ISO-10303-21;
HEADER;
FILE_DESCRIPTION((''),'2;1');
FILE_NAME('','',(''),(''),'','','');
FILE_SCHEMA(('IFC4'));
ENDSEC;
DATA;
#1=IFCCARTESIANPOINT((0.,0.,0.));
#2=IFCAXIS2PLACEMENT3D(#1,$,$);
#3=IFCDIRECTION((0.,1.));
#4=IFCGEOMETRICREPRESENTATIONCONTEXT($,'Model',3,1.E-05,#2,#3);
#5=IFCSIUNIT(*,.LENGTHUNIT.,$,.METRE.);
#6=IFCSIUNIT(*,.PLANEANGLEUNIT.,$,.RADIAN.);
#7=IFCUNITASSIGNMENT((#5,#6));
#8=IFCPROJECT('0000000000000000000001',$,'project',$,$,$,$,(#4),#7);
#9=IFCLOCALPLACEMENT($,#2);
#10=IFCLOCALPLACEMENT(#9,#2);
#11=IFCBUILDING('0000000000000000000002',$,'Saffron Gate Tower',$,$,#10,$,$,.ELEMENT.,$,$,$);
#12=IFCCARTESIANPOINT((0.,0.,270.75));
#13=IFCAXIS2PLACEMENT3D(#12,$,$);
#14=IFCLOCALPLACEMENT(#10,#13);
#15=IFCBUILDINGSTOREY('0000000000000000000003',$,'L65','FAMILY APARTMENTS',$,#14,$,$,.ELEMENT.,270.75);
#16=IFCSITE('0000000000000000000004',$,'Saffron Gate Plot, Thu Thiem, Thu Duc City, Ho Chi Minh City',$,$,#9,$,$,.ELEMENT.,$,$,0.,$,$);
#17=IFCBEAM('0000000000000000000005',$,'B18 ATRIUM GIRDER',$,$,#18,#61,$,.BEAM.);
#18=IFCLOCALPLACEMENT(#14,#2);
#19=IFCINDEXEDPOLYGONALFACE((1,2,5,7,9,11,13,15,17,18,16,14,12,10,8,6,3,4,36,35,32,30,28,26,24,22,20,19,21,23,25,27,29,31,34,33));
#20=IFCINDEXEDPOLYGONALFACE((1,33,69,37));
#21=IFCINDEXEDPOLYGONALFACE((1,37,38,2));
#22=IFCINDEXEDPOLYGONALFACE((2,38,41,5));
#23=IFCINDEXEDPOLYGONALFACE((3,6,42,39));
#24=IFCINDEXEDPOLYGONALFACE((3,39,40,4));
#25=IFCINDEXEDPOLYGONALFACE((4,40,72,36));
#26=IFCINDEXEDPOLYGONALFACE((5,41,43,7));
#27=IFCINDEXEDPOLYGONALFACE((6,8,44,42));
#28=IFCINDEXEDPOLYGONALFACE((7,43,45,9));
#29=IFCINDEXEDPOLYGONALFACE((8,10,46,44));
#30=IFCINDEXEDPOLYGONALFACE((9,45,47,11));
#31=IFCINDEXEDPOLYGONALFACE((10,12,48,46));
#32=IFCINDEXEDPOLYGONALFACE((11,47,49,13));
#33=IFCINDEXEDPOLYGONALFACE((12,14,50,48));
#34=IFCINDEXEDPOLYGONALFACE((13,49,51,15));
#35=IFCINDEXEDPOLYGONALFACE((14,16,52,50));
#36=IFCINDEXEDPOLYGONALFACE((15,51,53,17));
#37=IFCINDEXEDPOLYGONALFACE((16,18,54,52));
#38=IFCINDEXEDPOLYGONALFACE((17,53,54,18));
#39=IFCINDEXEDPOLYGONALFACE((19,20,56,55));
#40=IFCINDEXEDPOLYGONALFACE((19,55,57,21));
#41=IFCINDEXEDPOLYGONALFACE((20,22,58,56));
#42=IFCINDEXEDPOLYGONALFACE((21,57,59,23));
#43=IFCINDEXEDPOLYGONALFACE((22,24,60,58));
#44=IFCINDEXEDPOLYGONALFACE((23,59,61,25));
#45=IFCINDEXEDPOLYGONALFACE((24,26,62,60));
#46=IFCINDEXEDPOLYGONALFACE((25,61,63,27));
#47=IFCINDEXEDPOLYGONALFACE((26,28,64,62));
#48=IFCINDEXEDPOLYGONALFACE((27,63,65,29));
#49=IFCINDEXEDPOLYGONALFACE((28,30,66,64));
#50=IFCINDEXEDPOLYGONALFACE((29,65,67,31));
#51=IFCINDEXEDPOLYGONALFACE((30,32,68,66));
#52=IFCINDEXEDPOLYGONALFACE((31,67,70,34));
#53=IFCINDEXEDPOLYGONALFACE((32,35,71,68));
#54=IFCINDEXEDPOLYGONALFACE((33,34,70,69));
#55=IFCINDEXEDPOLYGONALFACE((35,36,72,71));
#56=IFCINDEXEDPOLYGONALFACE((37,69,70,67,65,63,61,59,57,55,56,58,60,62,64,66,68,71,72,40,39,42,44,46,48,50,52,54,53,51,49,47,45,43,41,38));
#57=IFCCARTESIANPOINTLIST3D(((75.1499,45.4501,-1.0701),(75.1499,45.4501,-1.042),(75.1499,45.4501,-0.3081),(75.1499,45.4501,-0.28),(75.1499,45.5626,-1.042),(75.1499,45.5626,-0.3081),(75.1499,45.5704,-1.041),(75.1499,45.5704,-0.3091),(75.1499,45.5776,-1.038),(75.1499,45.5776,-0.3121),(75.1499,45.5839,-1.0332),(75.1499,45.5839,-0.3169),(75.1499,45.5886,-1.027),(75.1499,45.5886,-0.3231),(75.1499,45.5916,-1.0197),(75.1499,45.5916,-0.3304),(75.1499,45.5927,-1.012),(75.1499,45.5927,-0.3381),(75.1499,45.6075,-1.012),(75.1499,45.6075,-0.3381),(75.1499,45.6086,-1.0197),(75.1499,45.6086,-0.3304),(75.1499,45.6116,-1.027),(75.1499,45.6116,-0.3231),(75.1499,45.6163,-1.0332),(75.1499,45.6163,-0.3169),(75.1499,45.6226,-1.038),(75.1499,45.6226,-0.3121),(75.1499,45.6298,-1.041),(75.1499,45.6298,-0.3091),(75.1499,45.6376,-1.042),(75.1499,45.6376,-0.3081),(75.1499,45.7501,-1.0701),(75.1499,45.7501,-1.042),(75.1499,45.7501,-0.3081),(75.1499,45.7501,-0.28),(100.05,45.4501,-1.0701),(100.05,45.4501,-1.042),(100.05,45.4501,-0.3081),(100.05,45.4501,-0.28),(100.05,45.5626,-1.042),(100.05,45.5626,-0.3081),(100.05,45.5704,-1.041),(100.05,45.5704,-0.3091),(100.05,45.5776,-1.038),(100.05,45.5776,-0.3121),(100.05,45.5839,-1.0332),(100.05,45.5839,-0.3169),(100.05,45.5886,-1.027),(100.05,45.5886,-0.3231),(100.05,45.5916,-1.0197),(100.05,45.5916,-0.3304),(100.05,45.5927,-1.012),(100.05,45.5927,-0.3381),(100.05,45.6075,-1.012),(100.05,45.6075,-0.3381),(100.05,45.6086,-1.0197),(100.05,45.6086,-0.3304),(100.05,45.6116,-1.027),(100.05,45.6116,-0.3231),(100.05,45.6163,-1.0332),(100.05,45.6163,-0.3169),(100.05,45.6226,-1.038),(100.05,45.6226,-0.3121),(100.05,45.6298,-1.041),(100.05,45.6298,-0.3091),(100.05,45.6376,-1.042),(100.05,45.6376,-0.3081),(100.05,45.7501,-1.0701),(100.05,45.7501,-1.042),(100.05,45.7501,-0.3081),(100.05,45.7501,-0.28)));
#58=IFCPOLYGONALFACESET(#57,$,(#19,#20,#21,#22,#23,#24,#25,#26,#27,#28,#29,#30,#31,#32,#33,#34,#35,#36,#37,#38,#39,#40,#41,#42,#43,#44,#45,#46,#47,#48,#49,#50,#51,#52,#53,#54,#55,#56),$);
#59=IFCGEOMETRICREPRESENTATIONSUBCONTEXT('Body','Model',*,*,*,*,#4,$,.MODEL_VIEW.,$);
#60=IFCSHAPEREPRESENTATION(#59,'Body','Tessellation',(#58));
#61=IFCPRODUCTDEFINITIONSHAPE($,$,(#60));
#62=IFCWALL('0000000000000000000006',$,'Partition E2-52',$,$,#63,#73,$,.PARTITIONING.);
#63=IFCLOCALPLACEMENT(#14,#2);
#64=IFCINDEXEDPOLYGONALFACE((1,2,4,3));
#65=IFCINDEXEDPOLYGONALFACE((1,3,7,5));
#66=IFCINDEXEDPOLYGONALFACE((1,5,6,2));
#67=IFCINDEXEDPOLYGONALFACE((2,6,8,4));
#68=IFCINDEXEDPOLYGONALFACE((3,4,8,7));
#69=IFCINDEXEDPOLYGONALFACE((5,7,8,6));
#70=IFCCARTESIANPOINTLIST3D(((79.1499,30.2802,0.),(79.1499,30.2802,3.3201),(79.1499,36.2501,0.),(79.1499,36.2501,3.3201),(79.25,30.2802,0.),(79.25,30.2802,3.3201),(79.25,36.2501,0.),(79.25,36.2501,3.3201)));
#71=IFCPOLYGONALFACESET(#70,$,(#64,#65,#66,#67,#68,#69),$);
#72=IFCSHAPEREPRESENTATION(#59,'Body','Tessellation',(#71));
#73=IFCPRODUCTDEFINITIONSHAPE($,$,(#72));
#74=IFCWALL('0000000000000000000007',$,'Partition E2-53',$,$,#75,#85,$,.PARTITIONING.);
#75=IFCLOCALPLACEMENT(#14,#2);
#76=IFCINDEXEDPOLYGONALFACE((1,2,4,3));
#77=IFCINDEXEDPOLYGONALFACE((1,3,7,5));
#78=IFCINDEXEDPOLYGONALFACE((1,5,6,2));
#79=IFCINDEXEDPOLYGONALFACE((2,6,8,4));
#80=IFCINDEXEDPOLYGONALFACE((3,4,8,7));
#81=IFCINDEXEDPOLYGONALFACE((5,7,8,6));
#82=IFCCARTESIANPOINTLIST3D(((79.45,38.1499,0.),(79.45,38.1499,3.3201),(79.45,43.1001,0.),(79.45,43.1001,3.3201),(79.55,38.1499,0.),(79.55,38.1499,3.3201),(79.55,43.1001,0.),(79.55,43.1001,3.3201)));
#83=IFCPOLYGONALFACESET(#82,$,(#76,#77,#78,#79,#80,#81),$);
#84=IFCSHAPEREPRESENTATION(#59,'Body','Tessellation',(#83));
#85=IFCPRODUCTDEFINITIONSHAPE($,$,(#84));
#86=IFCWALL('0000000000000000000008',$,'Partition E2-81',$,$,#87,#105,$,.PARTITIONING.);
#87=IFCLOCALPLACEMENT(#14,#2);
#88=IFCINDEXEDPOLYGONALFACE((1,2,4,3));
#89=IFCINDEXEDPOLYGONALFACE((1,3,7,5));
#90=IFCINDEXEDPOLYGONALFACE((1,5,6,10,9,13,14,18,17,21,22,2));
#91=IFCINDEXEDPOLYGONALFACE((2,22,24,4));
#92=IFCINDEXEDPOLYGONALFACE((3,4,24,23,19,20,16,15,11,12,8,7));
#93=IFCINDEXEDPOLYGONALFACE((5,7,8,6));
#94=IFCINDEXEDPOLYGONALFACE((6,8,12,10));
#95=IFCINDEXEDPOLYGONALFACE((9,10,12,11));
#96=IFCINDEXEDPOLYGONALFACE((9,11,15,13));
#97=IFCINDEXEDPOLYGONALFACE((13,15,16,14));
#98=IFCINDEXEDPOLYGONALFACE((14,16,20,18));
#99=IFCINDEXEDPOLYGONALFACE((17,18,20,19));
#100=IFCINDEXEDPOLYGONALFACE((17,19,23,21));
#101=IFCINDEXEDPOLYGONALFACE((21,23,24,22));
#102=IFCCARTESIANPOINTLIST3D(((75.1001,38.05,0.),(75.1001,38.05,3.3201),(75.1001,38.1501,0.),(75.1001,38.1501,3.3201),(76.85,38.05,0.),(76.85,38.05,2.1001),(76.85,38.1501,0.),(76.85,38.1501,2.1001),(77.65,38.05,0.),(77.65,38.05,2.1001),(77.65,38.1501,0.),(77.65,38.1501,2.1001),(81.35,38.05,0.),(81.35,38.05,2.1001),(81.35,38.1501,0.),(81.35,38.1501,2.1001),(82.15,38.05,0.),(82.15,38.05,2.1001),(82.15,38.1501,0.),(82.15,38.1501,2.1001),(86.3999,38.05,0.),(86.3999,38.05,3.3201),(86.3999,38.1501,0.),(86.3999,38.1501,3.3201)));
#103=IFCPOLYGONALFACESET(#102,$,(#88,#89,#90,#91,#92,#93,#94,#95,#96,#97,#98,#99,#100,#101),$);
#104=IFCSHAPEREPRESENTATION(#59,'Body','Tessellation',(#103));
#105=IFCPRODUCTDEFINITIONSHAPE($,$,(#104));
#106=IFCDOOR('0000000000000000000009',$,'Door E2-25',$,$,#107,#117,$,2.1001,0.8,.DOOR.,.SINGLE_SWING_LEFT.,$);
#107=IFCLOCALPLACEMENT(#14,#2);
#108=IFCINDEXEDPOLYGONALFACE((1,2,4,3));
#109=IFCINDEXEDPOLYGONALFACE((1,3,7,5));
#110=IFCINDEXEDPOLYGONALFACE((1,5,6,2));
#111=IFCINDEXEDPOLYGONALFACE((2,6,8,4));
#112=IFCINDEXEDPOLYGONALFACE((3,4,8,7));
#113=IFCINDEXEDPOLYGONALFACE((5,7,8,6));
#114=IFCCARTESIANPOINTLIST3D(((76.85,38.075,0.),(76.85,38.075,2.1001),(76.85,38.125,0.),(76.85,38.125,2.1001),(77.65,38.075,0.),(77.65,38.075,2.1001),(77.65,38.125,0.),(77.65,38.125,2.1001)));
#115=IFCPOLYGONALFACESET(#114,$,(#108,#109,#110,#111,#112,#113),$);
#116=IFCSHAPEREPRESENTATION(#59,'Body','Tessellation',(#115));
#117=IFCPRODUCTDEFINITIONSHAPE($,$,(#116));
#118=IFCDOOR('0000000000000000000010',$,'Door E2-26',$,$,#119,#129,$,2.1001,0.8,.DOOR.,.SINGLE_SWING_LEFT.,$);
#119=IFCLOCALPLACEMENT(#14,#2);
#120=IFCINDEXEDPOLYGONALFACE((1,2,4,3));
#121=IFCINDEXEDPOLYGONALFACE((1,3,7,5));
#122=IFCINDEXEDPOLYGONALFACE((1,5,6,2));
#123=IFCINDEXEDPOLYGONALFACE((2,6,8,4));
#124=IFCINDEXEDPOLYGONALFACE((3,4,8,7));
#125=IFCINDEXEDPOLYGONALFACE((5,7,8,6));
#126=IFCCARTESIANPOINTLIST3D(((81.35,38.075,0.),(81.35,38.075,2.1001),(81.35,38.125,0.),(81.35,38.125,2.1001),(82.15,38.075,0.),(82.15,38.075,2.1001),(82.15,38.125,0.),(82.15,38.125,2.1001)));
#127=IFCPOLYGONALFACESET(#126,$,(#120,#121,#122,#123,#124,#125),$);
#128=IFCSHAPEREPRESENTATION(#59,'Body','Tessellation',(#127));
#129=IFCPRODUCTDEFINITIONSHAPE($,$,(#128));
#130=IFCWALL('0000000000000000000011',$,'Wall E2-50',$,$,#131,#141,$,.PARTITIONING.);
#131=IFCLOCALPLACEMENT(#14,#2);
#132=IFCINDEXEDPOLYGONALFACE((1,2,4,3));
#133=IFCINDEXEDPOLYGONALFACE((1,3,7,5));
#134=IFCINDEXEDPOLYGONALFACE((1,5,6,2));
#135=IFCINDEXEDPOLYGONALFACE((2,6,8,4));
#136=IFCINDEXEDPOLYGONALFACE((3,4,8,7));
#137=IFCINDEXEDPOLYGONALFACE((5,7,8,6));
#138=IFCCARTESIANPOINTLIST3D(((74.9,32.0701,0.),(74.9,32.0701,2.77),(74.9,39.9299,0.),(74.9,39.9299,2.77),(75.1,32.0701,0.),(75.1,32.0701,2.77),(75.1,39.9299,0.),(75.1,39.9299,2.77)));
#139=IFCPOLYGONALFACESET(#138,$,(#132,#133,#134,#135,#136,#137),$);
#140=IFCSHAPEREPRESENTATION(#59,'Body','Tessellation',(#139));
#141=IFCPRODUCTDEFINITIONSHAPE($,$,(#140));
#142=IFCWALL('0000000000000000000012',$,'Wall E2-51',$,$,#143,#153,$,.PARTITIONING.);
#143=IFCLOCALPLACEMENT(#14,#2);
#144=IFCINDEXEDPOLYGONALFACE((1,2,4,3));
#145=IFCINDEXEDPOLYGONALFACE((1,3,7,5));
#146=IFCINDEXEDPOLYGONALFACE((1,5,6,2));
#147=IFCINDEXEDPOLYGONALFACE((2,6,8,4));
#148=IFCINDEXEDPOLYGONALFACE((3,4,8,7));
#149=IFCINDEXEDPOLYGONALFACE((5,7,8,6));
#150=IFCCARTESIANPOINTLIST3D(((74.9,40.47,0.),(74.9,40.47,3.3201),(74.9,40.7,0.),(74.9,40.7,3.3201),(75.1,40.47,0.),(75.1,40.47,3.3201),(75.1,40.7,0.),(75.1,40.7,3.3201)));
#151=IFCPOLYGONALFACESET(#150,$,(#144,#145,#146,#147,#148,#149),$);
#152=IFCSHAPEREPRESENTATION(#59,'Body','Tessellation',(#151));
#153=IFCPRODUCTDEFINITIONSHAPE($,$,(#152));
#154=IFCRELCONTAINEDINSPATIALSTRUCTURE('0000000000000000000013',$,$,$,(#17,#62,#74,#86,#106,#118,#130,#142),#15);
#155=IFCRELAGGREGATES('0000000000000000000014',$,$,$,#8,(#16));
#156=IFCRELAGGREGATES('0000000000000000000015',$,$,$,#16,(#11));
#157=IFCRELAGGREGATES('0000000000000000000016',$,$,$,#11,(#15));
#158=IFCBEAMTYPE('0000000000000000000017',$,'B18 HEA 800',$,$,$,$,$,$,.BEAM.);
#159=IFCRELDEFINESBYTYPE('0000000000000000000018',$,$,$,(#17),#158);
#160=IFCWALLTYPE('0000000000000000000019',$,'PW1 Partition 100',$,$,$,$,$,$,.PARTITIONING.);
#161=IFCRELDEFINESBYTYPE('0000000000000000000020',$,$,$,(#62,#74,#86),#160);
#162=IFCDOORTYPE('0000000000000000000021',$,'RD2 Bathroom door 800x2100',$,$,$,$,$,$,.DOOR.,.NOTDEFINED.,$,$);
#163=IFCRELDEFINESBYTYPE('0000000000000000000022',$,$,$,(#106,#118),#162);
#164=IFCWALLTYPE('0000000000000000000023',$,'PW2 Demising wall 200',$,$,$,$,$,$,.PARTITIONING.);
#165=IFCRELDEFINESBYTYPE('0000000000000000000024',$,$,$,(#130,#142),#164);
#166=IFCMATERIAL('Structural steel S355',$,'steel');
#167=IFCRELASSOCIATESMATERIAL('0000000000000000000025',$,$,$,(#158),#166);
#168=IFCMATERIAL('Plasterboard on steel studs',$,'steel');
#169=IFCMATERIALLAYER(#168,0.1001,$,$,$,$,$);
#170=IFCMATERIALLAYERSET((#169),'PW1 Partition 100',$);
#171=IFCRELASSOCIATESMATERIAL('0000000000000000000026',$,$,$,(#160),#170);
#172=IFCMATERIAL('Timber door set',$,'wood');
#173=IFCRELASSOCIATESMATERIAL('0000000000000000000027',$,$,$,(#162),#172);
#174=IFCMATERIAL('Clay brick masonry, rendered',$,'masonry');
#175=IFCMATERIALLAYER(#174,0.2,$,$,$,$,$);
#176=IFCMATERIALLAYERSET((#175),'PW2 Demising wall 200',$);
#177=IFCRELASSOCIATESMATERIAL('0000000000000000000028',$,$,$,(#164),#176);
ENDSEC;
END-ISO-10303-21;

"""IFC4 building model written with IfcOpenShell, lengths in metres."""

from ifc_helpers import new_model, si_unit, direction, frame, frame_2d, origin, origin_2d, place, context, subcontext, project, spatial, rectangle, i_section, extrude, material, layer, layer_set, material_profile, profile_set, type_object, element, fill, save


model = new_model("IFC4")

# Units and contexts
model_context = context("Model", 3, precision=1e-05, world=origin(), true_north=direction((0.0, 1.0)))
body_context = subcontext(model_context, "Body", "Model", "MODEL_VIEW")
ifc_project = project(units=[si_unit("LENGTHUNIT", "METRE"), si_unit("PLANEANGLEUNIT", "RADIAN")], contexts=[model_context])

# Site, building, storey
site_placement = place(None, origin())
site = spatial("IfcSite", under=ifc_project, at=site_placement, Name="Saffron Gate Plot, Thu Thiem, Thu Duc City, Ho Chi Minh City", CompositionType="ELEMENT", RefElevation=0.0)
building_placement = place(site_placement, origin())
building = spatial("IfcBuilding", under=site, at=building_placement, Name="Saffron Gate Tower", CompositionType="ELEMENT")
storey_placement = place(building_placement, frame((0.0, 0.0, 270.75)))
storey = spatial("IfcBuildingStorey", under=building, at=storey_placement, Name="L65", Description="FAMILY APARTMENTS", CompositionType="ELEMENT", Elevation=270.75)

# Beam
ifc_material_1 = material(Name="Structural steel S355", Category="steel")
ifc_material_profile_1 = material_profile(ifc_material_1, i_section(OverallWidth=0.3, OverallDepth=0.79, WebThickness=0.0149, FlangeThickness=0.0281, FilletRadius=0.03, at=origin_2d()))
ifc_profile_set_1 = profile_set([ifc_material_profile_1], Name="Structural steel S355")
beam_type_1 = type_object("IfcBeamType", Name="B18 HEA 800", PredefinedType="BEAM", material=ifc_profile_set_1)
beam_1_placement = place(storey_placement, frame((75.1499, 45.6001, -0.675), z_axis=(1.0, 0.0, 0.0), x_axis=(0.0, 1.0, 0.0)))
element("IfcBeam", 1, at=beam_1_placement, inside=storey, type_object=beam_type_1, Name="B18 ATRIUM GIRDER", PredefinedType="BEAM", context=body_context, shape_type="SweptSolid", body=[
    extrude(i_section(OverallWidth=0.3, OverallDepth=0.79, WebThickness=0.0149, FlangeThickness=0.0281, FilletRadius=0.03, at=origin_2d()), origin(), (0.0, 0.0, 1.0), 24.9001),
])

# Walls
ifc_material_2 = material(Name="Plasterboard on steel studs", Category="steel")
ifc_layer_1 = layer(ifc_material_2, 0.1001)
ifc_layer_set_1 = layer_set([ifc_layer_1], Name="PW1 Partition 100")
wall_type_1 = type_object("IfcWallType", Name="PW1 Partition 100", PredefinedType="PARTITIONING", material=ifc_layer_set_1)
wall_1_placement = place(storey_placement, frame((79.2, 36.25, 0.0), z_axis=(0.0, 0.0, 1.0), x_axis=(0.0, -1.0, 0.0)))
element("IfcWall", 2, at=wall_1_placement, inside=storey, type_object=wall_type_1, Name="Partition E2-52", PredefinedType="PARTITIONING", context=body_context, shape_type="SweptSolid", body=[
    extrude(rectangle(XDim=5.97, YDim=0.1001, at=frame_2d((2.9849, 0.0))), origin(), (0.0, 0.0, 1.0), 3.3201),
])
wall_2_placement = place(storey_placement, frame((79.5, 43.1001, 0.0), z_axis=(0.0, 0.0, 1.0), x_axis=(0.0, -1.0, 0.0)))
element("IfcWall", 3, at=wall_2_placement, inside=storey, type_object=wall_type_1, Name="Partition E2-53", PredefinedType="PARTITIONING", context=body_context, shape_type="SweptSolid", body=[
    extrude(rectangle(XDim=4.9502, YDim=0.1001, at=frame_2d((2.4751, 0.0))), origin(), (0.0, 0.0, 1.0), 3.3201),
])

# Wall, openings, doors
wall_3_placement = place(storey_placement, frame((75.1001, 38.1001, 0.0), z_axis=(0.0, 0.0, 1.0), x_axis=(1.0, 0.0, 0.0)))
wall_3 = element("IfcWall", 4, at=wall_3_placement, inside=storey, type_object=wall_type_1, Name="Partition E2-81", PredefinedType="PARTITIONING", context=body_context, shape_type="SweptSolid", body=[
    extrude(rectangle(XDim=11.2998, YDim=0.1001, at=frame_2d((5.6499, 0.0))), origin(), (0.0, 0.0, 1.0), 3.3201),
])
opening_1_placement = place(wall_3_placement, frame((1.75, 0.0, 0.0)))
opening_1 = element("IfcOpeningElement", 5, at=opening_1_placement, cuts=wall_3, PredefinedType="OPENING", context=body_context, shape_type="SweptSolid", body=[
    extrude(rectangle(XDim=0.8, YDim=2.1001, at=frame_2d((0.3999, 1.05))), frame((0.0, 0.0601, 0.0), z_axis=(0.0, -1.0, 0.0), x_axis=(1.0, 0.0, 0.0)), (0.0, 0.0, 1.0), 0.1201),
])
opening_2_placement = place(wall_3_placement, frame((6.25, 0.0, 0.0)))
opening_2 = element("IfcOpeningElement", 6, at=opening_2_placement, cuts=wall_3, PredefinedType="OPENING", context=body_context, shape_type="SweptSolid", body=[
    extrude(rectangle(XDim=0.8, YDim=2.1001, at=frame_2d((0.3999, 1.05))), frame((0.0, 0.0601, 0.0), z_axis=(0.0, -1.0, 0.0), x_axis=(1.0, 0.0, 0.0)), (0.0, 0.0, 1.0), 0.1201),
])
ifc_material_3 = material(Name="Timber door set", Category="wood")
door_type_1 = type_object("IfcDoorType", Name="RD2 Bathroom door 800x2100", OperationType="NOTDEFINED", PredefinedType="DOOR", material=ifc_material_3)
door_1_placement = place(opening_1_placement, origin())
door_1 = element("IfcDoor", 7, at=door_1_placement, inside=storey, type_object=door_type_1, Name="Door E2-25", OperationType="SINGLE_SWING_LEFT", OverallHeight=2.1001, OverallWidth=0.8, PredefinedType="DOOR", context=body_context, shape_type="SweptSolid", body=[
    extrude(rectangle(XDim=0.8, YDim=2.1001, at=frame_2d((0.3999, 1.05))), frame((0.0, 0.0249, 0.0), z_axis=(0.0, -1.0, 0.0), x_axis=(1.0, 0.0, 0.0)), (0.0, 0.0, 1.0), 0.05),
])
fill(opening_1, door_1)
door_2_placement = place(opening_2_placement, origin())
door_2 = element("IfcDoor", 8, at=door_2_placement, inside=storey, type_object=door_type_1, Name="Door E2-26", OperationType="SINGLE_SWING_LEFT", OverallHeight=2.1001, OverallWidth=0.8, PredefinedType="DOOR", context=body_context, shape_type="SweptSolid", body=[
    extrude(rectangle(XDim=0.8, YDim=2.1001, at=frame_2d((0.3999, 1.05))), frame((0.0, 0.0249, 0.0), z_axis=(0.0, -1.0, 0.0), x_axis=(1.0, 0.0, 0.0)), (0.0, 0.0, 1.0), 0.05),
])
fill(opening_2, door_2)

# Walls
ifc_material_4 = material(Name="Clay brick masonry, rendered", Category="masonry")
ifc_layer_2 = layer(ifc_material_4, 0.2)
ifc_layer_set_2 = layer_set([ifc_layer_2], Name="PW2 Demising wall 200")
wall_type_2 = type_object("IfcWallType", Name="PW2 Demising wall 200", PredefinedType="PARTITIONING", material=ifc_layer_set_2)
wall_4_placement = place(storey_placement, frame((75.0, 39.9299, 0.0), z_axis=(0.0, 0.0, 1.0), x_axis=(0.0, -1.0, 0.0)))
element("IfcWall", 9, at=wall_4_placement, inside=storey, type_object=wall_type_2, Name="Wall E2-50", PredefinedType="PARTITIONING", context=body_context, shape_type="SweptSolid", body=[
    extrude(rectangle(XDim=7.8599, YDim=0.2, at=frame_2d((3.9299, 0.0))), origin(), (0.0, 0.0, 1.0), 2.77),
])
wall_5_placement = place(storey_placement, frame((75.0, 40.7, 0.0), z_axis=(0.0, 0.0, 1.0), x_axis=(0.0, -1.0, 0.0)))
element("IfcWall", 10, at=wall_5_placement, inside=storey, type_object=wall_type_2, Name="Wall E2-51", PredefinedType="PARTITIONING", context=body_context, shape_type="SweptSolid", body=[
    extrude(rectangle(XDim=0.23, YDim=0.2, at=frame_2d((0.115, 0.0))), origin(), (0.0, 0.0, 1.0), 3.3201),
])

save(model, "model.ifc")
